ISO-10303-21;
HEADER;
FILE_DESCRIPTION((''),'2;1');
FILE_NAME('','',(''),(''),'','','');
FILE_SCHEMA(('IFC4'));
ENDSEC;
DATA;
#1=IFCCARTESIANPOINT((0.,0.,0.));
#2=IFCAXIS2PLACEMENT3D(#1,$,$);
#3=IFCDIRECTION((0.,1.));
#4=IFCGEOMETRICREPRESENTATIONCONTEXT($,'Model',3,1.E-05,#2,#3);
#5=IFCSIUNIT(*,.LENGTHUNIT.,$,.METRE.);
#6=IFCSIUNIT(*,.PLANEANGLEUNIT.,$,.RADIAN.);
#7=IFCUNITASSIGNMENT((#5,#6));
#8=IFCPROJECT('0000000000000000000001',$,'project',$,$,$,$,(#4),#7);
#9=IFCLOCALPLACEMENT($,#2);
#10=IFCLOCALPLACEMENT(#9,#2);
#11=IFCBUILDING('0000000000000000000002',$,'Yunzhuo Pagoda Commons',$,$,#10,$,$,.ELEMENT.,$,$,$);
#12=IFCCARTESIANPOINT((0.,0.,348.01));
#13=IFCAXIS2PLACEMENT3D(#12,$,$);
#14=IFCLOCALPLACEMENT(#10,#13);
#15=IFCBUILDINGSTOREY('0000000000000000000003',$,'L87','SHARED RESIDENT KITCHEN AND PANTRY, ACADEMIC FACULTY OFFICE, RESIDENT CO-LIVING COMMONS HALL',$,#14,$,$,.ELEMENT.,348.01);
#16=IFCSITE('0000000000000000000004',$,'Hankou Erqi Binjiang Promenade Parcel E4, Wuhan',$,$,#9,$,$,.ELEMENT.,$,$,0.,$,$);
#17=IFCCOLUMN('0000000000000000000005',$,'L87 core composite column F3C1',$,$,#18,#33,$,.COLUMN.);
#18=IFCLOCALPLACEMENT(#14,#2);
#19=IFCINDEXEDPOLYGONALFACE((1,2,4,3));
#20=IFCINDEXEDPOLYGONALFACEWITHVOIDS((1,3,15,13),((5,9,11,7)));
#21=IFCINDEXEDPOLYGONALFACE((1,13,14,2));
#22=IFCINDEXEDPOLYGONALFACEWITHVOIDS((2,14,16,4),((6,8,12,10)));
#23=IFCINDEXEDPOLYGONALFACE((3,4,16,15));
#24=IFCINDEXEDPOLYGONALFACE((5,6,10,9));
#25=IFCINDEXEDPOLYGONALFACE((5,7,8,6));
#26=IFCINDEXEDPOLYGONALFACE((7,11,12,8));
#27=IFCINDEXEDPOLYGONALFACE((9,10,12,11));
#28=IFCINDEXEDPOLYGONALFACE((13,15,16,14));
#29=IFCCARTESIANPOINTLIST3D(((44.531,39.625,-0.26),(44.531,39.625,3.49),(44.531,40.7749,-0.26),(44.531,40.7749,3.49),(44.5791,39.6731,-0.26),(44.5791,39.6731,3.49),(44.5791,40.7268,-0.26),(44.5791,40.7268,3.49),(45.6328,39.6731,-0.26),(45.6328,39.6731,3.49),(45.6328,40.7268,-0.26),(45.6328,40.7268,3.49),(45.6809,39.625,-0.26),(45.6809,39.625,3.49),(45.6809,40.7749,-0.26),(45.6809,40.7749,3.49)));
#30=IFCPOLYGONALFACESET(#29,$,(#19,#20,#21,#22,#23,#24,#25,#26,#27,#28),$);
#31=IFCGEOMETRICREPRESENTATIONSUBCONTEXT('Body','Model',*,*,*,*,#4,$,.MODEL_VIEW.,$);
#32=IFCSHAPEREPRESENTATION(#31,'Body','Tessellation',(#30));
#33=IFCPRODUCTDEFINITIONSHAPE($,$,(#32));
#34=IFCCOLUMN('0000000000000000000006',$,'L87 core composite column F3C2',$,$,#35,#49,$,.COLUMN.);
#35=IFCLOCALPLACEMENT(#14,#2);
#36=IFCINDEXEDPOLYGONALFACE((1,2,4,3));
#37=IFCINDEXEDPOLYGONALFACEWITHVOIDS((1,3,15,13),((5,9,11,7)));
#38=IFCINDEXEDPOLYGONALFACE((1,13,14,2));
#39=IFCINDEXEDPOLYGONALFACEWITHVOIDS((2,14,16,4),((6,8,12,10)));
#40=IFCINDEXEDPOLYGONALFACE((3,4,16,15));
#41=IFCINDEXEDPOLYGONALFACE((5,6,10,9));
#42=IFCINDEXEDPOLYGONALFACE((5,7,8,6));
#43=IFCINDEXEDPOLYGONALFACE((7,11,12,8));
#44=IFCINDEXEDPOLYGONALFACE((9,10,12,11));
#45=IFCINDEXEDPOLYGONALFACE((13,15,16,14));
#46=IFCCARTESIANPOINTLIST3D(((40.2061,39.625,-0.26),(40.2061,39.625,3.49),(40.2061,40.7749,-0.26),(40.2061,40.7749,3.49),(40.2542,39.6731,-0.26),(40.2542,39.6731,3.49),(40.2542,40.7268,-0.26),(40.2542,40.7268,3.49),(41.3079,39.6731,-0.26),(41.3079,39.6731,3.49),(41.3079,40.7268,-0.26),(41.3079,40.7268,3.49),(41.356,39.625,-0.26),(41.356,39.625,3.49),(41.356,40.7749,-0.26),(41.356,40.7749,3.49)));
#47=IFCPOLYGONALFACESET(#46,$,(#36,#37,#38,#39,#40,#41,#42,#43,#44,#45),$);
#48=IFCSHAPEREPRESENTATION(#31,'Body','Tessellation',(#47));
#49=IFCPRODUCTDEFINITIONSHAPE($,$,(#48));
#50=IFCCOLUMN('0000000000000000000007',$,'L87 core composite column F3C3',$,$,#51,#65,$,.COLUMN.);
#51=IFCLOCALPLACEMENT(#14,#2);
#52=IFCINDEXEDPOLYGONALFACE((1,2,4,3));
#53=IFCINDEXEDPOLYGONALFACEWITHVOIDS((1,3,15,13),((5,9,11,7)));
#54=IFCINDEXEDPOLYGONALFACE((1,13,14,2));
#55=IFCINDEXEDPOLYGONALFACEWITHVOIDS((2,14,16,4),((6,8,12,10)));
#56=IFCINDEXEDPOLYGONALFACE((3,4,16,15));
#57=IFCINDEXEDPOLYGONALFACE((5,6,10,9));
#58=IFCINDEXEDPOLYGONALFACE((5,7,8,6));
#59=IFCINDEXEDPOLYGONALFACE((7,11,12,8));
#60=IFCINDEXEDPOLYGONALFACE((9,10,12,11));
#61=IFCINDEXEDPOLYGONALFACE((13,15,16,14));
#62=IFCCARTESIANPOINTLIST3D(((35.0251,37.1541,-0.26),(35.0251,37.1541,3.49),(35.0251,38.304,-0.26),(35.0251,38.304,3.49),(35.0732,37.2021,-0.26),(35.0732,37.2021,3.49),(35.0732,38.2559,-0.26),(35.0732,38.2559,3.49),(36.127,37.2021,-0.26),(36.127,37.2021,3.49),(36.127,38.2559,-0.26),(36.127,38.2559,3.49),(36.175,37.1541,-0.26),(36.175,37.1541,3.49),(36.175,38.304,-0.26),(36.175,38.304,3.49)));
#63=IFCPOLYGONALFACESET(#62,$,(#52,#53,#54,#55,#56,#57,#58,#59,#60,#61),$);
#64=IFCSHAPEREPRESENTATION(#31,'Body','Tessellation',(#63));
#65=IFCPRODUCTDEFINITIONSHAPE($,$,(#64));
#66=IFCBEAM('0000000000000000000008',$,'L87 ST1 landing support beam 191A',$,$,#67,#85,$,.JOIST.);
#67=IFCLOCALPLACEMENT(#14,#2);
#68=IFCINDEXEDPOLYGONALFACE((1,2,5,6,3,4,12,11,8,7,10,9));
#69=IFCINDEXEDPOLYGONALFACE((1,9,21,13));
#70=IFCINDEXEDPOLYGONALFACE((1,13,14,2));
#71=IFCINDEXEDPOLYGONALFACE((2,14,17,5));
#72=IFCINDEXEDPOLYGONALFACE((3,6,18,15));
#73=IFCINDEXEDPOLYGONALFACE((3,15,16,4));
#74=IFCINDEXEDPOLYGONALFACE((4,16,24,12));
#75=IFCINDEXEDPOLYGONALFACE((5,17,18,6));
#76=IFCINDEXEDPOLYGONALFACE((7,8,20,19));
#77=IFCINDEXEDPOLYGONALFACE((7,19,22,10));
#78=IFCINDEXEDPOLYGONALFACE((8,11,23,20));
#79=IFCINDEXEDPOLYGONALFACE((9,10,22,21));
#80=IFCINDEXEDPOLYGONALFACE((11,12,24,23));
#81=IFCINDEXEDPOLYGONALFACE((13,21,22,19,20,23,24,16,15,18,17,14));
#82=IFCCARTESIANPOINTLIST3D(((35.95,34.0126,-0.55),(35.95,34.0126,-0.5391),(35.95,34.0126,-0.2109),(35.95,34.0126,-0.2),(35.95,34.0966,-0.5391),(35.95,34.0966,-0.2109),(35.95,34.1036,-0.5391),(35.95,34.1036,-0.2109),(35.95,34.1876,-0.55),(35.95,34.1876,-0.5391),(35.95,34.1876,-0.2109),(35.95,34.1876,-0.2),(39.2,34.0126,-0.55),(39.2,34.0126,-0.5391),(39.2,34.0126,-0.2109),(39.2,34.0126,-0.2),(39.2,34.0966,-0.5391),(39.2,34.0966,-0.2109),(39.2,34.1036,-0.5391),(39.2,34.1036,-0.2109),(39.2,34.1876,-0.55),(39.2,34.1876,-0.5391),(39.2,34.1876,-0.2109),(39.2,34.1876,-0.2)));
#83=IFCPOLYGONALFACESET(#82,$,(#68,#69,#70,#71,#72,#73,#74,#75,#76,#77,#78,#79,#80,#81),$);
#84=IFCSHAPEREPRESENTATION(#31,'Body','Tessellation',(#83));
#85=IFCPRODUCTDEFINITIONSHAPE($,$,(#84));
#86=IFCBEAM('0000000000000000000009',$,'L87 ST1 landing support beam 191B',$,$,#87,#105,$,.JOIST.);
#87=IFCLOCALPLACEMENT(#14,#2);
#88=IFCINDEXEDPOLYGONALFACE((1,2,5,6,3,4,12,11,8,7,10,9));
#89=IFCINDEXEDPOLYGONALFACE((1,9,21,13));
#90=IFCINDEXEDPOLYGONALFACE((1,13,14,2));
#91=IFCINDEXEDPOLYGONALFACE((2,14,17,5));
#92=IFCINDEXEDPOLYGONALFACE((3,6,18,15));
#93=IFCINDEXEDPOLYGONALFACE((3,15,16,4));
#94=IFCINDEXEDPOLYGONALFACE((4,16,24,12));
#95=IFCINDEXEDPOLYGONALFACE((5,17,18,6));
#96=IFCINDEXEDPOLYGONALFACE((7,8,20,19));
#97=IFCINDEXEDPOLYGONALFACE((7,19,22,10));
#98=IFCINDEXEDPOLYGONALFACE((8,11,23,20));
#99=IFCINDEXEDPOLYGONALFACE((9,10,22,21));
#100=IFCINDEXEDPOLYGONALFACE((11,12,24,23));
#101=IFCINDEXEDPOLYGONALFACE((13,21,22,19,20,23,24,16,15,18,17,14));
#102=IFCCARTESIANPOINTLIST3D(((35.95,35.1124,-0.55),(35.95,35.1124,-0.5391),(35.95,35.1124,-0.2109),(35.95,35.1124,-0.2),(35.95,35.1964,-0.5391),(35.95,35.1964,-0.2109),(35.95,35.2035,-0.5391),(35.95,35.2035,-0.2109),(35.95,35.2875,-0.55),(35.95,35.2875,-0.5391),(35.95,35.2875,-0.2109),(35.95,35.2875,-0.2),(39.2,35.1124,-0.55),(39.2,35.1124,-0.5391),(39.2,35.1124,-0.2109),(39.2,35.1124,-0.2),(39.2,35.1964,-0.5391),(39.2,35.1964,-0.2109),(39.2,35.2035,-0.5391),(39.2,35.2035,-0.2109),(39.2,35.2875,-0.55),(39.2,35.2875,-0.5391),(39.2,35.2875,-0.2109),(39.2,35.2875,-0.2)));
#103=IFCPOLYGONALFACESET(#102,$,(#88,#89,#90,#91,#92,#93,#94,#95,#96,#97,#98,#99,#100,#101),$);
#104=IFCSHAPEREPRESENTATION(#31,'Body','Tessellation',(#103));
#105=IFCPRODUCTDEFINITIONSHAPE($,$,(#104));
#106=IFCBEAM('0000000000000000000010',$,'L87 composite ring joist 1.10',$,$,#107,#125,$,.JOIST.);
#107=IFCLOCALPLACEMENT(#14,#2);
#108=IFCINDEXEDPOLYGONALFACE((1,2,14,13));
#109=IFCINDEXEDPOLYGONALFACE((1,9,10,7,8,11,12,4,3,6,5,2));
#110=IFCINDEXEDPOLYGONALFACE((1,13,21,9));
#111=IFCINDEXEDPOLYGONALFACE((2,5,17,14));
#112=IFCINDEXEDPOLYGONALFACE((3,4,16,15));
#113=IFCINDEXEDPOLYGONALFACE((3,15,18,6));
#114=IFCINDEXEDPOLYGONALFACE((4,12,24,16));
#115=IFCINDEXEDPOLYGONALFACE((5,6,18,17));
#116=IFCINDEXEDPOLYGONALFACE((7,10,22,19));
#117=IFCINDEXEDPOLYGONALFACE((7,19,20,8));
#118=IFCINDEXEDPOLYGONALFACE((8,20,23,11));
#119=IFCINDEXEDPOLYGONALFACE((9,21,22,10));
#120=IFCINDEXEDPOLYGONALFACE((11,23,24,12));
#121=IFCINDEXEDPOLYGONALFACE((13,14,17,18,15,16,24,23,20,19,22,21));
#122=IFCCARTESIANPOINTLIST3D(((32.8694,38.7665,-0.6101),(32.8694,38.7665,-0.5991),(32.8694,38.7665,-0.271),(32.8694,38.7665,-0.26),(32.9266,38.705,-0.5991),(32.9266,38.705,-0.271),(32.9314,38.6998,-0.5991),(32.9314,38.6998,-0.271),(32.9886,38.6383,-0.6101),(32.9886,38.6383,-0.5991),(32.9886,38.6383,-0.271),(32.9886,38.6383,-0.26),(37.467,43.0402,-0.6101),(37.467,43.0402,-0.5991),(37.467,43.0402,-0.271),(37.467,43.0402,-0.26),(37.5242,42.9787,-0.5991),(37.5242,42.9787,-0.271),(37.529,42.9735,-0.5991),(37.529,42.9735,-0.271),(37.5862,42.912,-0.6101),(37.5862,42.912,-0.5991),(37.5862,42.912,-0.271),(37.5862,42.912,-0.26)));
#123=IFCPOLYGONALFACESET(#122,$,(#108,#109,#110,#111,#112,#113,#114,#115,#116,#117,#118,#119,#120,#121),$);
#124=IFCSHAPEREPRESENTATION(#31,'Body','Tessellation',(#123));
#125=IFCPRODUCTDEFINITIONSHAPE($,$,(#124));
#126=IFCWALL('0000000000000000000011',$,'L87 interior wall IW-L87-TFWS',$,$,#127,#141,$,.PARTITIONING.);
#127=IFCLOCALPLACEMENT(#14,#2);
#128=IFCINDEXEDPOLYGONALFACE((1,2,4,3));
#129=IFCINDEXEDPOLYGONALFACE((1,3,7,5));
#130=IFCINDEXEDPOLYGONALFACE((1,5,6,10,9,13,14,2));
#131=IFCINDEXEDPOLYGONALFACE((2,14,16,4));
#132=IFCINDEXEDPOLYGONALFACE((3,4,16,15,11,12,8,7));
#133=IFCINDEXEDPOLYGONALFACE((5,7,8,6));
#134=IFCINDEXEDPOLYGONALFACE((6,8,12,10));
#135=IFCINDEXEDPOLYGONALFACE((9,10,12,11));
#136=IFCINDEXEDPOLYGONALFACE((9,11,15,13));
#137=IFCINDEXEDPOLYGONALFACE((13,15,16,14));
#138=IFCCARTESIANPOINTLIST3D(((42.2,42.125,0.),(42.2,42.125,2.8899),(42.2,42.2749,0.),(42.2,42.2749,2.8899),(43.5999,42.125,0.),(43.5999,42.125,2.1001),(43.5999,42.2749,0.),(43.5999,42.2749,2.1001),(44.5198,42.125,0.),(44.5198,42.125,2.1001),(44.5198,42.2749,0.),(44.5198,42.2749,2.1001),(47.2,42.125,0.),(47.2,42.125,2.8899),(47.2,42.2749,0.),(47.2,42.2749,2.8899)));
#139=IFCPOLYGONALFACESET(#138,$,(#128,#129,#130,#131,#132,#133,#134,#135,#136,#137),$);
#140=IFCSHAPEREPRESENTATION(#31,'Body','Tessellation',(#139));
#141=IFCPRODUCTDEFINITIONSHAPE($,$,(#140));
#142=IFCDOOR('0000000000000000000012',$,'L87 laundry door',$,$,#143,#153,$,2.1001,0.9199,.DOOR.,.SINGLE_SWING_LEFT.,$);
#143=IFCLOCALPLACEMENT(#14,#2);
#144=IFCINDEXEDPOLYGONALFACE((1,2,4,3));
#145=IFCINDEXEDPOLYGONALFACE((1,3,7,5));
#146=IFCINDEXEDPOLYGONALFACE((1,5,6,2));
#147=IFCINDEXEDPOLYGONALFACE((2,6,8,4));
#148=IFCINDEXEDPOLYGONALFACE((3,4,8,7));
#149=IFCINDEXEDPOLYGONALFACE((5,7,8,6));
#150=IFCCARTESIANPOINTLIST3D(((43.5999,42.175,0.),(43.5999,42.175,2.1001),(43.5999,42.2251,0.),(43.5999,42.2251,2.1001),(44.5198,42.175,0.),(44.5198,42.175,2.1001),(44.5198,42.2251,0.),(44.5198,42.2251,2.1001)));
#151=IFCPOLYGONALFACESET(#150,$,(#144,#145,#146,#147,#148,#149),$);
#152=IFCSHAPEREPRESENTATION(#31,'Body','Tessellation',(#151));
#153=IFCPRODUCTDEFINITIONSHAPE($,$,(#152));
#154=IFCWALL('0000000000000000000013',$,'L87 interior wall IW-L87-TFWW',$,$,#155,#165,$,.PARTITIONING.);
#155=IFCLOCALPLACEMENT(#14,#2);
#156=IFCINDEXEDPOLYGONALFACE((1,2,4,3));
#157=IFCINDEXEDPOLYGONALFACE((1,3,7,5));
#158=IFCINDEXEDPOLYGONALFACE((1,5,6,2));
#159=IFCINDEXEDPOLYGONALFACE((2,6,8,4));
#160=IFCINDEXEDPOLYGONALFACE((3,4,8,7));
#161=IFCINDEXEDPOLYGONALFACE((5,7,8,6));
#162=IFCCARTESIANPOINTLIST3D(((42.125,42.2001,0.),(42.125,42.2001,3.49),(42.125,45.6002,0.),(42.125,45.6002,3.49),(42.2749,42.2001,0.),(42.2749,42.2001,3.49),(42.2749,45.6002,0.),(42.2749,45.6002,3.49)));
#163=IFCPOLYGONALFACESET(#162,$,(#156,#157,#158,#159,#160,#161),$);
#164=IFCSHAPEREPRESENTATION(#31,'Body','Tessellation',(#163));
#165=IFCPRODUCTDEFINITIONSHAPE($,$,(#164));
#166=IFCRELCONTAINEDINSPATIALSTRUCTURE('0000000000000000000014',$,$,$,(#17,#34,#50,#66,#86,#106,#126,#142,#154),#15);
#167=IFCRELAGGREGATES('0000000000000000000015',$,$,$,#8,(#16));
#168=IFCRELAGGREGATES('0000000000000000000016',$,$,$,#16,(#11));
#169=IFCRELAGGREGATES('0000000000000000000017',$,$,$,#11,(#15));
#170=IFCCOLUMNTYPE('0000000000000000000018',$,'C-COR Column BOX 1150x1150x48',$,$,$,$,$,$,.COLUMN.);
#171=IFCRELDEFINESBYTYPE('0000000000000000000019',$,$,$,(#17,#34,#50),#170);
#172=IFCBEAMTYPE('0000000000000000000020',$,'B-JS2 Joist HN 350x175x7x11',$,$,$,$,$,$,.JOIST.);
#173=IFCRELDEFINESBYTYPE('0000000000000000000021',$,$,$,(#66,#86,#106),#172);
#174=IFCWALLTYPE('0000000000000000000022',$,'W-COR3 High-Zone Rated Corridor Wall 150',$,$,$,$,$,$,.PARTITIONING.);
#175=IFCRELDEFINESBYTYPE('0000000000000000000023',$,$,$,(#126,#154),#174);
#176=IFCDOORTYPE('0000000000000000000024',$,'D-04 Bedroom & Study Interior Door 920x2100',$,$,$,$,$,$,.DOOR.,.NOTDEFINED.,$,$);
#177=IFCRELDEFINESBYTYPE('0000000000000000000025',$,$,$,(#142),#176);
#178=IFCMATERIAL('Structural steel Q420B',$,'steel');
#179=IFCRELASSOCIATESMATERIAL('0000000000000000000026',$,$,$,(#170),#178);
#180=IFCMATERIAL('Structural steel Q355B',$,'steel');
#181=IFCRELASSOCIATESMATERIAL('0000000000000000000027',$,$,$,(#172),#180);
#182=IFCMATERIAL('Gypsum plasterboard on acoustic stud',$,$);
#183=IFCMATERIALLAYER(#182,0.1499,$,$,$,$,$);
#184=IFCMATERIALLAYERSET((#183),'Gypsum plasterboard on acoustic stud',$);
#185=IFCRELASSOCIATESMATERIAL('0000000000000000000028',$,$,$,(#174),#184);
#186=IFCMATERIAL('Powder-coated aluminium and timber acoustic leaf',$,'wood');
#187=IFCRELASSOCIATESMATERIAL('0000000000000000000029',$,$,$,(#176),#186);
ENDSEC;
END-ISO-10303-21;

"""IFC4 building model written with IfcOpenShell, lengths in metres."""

from ifc_helpers import new_model, si_unit, direction, frame, frame_2d, origin, origin_2d, place, context, subcontext, project, spatial, rectangle, hollow_rectangle, i_section, extrude, source, transform, mapped, material, layer, layer_set, material_profile, profile_set, type_object, element, fill, save


model = new_model("IFC4")

# Units and contexts
model_context = context("Model", 3, precision=1e-05, world=origin(), true_north=direction((0.0, 1.0)))
body_context = subcontext(model_context, "Body", "Model", "MODEL_VIEW")
ifc_project = project(units=[si_unit("LENGTHUNIT", "METRE"), si_unit("PLANEANGLEUNIT", "RADIAN")], contexts=[model_context])

# Site, building, storey
site_placement = place(None, origin())
site = spatial("IfcSite", under=ifc_project, at=site_placement, Name="Hankou Erqi Binjiang Promenade Parcel E4, Wuhan", CompositionType="ELEMENT", RefElevation=0.0)
building_placement = place(site_placement, origin())
building = spatial("IfcBuilding", under=site, at=building_placement, Name="Yunzhuo Pagoda Commons", CompositionType="ELEMENT")
storey_placement = place(building_placement, frame((0.0, 0.0, 348.01)))
storey = spatial("IfcBuildingStorey", under=building, at=storey_placement, Name="L87", Description="SHARED RESIDENT KITCHEN AND PANTRY, ACADEMIC FACULTY OFFICE, RESIDENT CO-LIVING COMMONS HALL", CompositionType="ELEMENT", Elevation=348.01)

# Columns
ifc_material_1 = material(Name="Structural steel Q420B", Category="steel")
ifc_material_profile_1 = material_profile(ifc_material_1, hollow_rectangle(XDim=1.1499, YDim=1.1499, WallThickness=0.0481, at=origin_2d()), Name="Structural steel Q420B")
ifc_profile_set_1 = profile_set([ifc_material_profile_1], Name="Structural steel Q420B")
column_type = type_object("IfcColumnType", Name="C-COR Column BOX 1150x1150x48", PredefinedType="COLUMN", material=ifc_profile_set_1)
shared_shape_1 = source(origin(), body_context, "Body", "SweptSolid", [
    extrude(hollow_rectangle(XDim=1.1499, YDim=1.1499, WallThickness=0.0481, at=origin_2d()), origin(), (0.0, 0.0, 1.0), 3.75),
])
for number, where, z_axis, x_axis, name in (
    (1, (45.106, 40.2, -0.26), (0.0, 0.0, 1.0), (1.0, 0.0, 0.0), "L87 core composite column F3C1"),
    (2, (40.781, 40.2, -0.26), (0.0, 0.0, 1.0), (1.0, 0.0, 0.0), "L87 core composite column F3C2"),
    (3, (35.6001, 37.729, -0.26), (0.0, 0.0, 1.0), (1.0, 0.0, 0.0), "L87 core composite column F3C3"),
):
    element("IfcColumn", number, at=place(storey_placement, frame(where, z_axis=z_axis, x_axis=x_axis)), inside=storey, type_object=column_type, Name=name, PredefinedType="COLUMN", context=body_context, shape_type="MappedRepresentation", body=[
        mapped(shared_shape_1, transform((0.0, 0.0, 0.0), scale=1.0)),
    ])

# Beams
ifc_material_2 = material(Name="Structural steel Q355B", Category="steel")
ifc_material_profile_2 = material_profile(ifc_material_2, i_section(OverallWidth=0.175, OverallDepth=0.3501, WebThickness=0.0071, FlangeThickness=0.011, at=origin_2d()), Name="Structural steel Q355B")
ifc_profile_set_2 = profile_set([ifc_material_profile_2], Name="Structural steel Q355B")
beam_type = type_object("IfcBeamType", Name="B-JS2 Joist HN 350x175x7x11", PredefinedType="JOIST", material=ifc_profile_set_2)
shared_shape_2 = source(origin(), body_context, "Body", "SweptSolid", [
    extrude(i_section(OverallWidth=0.175, OverallDepth=0.3501, WebThickness=0.0071, FlangeThickness=0.011, at=origin_2d()), origin(), (0.0, 0.0, 1.0), 3.25),
])
for number, where, z_axis, x_axis, name in (
    (4, (35.95, 34.1001, -0.375), (1.0, 0.0, 0.0), (0.0, 1.0, 0.0), "L87 ST1 landing support beam 191A"),
    (5, (35.95, 35.2, -0.375), (1.0, 0.0, 0.0), (0.0, 1.0, 0.0), "L87 ST1 landing support beam 191B"),
):
    element("IfcBeam", number, at=place(storey_placement, frame(where, z_axis=z_axis, x_axis=x_axis)), inside=storey, type_object=beam_type, Name=name, PredefinedType="JOIST", context=body_context, shape_type="MappedRepresentation", body=[
        mapped(shared_shape_2, transform((0.0, 0.0, 0.0), scale=1.0)),
    ])
shared_shape_3 = source(origin(), body_context, "Body", "SweptSolid", [
    extrude(i_section(OverallWidth=0.175, OverallDepth=0.3501, WebThickness=0.0071, FlangeThickness=0.011, at=origin_2d()), origin(), (0.0, 0.0, 1.0), 6.2771),
])
beam_placement = place(storey_placement, frame((37.5266, 42.9761, -0.4351), z_axis=(-0.732442, -0.68083, 0.0), x_axis=(0.68083, -0.732442, 0.0)))
element("IfcBeam", 6, at=beam_placement, inside=storey, type_object=beam_type, Name="L87 composite ring joist 1.10", PredefinedType="JOIST", context=body_context, shape_type="MappedRepresentation", body=[
    mapped(shared_shape_3, transform((0.0, 0.0, 0.0), scale=1.0)),
])

# Wall, opening, door
ifc_material_3 = material(Name="Gypsum plasterboard on acoustic stud")
ifc_layer_1 = layer(ifc_material_3, 0.1499)
ifc_layer_set_1 = layer_set([ifc_layer_1], Name="Gypsum plasterboard on acoustic stud")
wall_type_1 = type_object("IfcWallType", Name="W-COR3 High-Zone Rated Corridor Wall 150", PredefinedType="PARTITIONING", material=ifc_layer_set_1)
wall_1_placement = place(storey_placement, frame((42.2, 42.2, 0.0), z_axis=(0.0, 0.0, 1.0), x_axis=(1.0, 0.0, 0.0)))
wall_1 = element("IfcWall", 7, at=wall_1_placement, inside=storey, type_object=wall_type_1, Name="L87 interior wall IW-L87-TFWS", PredefinedType="PARTITIONING", context=body_context, shape_type="SweptSolid", body=[
    extrude(rectangle(XDim=5.0, YDim=0.1499, at=frame_2d((2.5, 0.0))), origin(), (0.0, 0.0, 1.0), 2.8899),
])
opening_1_placement = place(wall_1_placement, frame((1.3999, 0.0, 0.0)))
opening_1 = element("IfcOpeningElement", 8, at=opening_1_placement, cuts=wall_1, PredefinedType="OPENING", context=body_context, shape_type="SweptSolid", body=[
    extrude(rectangle(XDim=0.9199, YDim=2.1001, at=frame_2d((0.46, 1.05))), frame((0.0, 0.085, 0.0), z_axis=(0.0, -1.0, 0.0), x_axis=(1.0, 0.0, 0.0)), (0.0, 0.0, 1.0), 0.1699),
])
ifc_material_4 = material(Name="Powder-coated aluminium and timber acoustic leaf", Category="wood")
door_type_1 = type_object("IfcDoorType", Name="D-04 Bedroom & Study Interior Door 920x2100", OperationType="NOTDEFINED", PredefinedType="DOOR", material=ifc_material_4)
shared_shape_4 = source(origin(), body_context, "Body", "SweptSolid", [
    extrude(rectangle(XDim=0.9199, YDim=2.1001, at=frame_2d((0.46, 1.05))), frame((0.0, 0.0249, 0.0), z_axis=(0.0, -1.0, 0.0), x_axis=(1.0, 0.0, 0.0)), (0.0, 0.0, 1.0), 0.05),
])
door_1_placement = place(opening_1_placement, frame((0.9199, 0.0, 0.0), z_axis=(0.0, 0.0, 1.0), x_axis=(-1.0, 0.0, 0.0)))
door_1 = element("IfcDoor", 9, at=door_1_placement, inside=storey, type_object=door_type_1, Name="L87 laundry door", OperationType="SINGLE_SWING_LEFT", OverallHeight=2.1001, OverallWidth=0.9199, PredefinedType="DOOR", context=body_context, shape_type="MappedRepresentation", body=[
    mapped(shared_shape_4, transform((0.0, 0.0, 0.0), scale=1.0)),
])
fill(opening_1, door_1)

# Wall
wall_2_placement = place(storey_placement, frame((42.2, 42.2, 0.0), z_axis=(0.0, 0.0, 1.0), x_axis=(0.0, 1.0, 0.0)))
element("IfcWall", 10, at=wall_2_placement, inside=storey, type_object=wall_type_1, Name="L87 interior wall IW-L87-TFWW", PredefinedType="PARTITIONING", context=body_context, shape_type="SweptSolid", body=[
    extrude(rectangle(XDim=3.4001, YDim=0.1499, at=frame_2d((1.7002, 0.0))), origin(), (0.0, 0.0, 1.0), 3.49),
])

save(model, "model.ifc")
